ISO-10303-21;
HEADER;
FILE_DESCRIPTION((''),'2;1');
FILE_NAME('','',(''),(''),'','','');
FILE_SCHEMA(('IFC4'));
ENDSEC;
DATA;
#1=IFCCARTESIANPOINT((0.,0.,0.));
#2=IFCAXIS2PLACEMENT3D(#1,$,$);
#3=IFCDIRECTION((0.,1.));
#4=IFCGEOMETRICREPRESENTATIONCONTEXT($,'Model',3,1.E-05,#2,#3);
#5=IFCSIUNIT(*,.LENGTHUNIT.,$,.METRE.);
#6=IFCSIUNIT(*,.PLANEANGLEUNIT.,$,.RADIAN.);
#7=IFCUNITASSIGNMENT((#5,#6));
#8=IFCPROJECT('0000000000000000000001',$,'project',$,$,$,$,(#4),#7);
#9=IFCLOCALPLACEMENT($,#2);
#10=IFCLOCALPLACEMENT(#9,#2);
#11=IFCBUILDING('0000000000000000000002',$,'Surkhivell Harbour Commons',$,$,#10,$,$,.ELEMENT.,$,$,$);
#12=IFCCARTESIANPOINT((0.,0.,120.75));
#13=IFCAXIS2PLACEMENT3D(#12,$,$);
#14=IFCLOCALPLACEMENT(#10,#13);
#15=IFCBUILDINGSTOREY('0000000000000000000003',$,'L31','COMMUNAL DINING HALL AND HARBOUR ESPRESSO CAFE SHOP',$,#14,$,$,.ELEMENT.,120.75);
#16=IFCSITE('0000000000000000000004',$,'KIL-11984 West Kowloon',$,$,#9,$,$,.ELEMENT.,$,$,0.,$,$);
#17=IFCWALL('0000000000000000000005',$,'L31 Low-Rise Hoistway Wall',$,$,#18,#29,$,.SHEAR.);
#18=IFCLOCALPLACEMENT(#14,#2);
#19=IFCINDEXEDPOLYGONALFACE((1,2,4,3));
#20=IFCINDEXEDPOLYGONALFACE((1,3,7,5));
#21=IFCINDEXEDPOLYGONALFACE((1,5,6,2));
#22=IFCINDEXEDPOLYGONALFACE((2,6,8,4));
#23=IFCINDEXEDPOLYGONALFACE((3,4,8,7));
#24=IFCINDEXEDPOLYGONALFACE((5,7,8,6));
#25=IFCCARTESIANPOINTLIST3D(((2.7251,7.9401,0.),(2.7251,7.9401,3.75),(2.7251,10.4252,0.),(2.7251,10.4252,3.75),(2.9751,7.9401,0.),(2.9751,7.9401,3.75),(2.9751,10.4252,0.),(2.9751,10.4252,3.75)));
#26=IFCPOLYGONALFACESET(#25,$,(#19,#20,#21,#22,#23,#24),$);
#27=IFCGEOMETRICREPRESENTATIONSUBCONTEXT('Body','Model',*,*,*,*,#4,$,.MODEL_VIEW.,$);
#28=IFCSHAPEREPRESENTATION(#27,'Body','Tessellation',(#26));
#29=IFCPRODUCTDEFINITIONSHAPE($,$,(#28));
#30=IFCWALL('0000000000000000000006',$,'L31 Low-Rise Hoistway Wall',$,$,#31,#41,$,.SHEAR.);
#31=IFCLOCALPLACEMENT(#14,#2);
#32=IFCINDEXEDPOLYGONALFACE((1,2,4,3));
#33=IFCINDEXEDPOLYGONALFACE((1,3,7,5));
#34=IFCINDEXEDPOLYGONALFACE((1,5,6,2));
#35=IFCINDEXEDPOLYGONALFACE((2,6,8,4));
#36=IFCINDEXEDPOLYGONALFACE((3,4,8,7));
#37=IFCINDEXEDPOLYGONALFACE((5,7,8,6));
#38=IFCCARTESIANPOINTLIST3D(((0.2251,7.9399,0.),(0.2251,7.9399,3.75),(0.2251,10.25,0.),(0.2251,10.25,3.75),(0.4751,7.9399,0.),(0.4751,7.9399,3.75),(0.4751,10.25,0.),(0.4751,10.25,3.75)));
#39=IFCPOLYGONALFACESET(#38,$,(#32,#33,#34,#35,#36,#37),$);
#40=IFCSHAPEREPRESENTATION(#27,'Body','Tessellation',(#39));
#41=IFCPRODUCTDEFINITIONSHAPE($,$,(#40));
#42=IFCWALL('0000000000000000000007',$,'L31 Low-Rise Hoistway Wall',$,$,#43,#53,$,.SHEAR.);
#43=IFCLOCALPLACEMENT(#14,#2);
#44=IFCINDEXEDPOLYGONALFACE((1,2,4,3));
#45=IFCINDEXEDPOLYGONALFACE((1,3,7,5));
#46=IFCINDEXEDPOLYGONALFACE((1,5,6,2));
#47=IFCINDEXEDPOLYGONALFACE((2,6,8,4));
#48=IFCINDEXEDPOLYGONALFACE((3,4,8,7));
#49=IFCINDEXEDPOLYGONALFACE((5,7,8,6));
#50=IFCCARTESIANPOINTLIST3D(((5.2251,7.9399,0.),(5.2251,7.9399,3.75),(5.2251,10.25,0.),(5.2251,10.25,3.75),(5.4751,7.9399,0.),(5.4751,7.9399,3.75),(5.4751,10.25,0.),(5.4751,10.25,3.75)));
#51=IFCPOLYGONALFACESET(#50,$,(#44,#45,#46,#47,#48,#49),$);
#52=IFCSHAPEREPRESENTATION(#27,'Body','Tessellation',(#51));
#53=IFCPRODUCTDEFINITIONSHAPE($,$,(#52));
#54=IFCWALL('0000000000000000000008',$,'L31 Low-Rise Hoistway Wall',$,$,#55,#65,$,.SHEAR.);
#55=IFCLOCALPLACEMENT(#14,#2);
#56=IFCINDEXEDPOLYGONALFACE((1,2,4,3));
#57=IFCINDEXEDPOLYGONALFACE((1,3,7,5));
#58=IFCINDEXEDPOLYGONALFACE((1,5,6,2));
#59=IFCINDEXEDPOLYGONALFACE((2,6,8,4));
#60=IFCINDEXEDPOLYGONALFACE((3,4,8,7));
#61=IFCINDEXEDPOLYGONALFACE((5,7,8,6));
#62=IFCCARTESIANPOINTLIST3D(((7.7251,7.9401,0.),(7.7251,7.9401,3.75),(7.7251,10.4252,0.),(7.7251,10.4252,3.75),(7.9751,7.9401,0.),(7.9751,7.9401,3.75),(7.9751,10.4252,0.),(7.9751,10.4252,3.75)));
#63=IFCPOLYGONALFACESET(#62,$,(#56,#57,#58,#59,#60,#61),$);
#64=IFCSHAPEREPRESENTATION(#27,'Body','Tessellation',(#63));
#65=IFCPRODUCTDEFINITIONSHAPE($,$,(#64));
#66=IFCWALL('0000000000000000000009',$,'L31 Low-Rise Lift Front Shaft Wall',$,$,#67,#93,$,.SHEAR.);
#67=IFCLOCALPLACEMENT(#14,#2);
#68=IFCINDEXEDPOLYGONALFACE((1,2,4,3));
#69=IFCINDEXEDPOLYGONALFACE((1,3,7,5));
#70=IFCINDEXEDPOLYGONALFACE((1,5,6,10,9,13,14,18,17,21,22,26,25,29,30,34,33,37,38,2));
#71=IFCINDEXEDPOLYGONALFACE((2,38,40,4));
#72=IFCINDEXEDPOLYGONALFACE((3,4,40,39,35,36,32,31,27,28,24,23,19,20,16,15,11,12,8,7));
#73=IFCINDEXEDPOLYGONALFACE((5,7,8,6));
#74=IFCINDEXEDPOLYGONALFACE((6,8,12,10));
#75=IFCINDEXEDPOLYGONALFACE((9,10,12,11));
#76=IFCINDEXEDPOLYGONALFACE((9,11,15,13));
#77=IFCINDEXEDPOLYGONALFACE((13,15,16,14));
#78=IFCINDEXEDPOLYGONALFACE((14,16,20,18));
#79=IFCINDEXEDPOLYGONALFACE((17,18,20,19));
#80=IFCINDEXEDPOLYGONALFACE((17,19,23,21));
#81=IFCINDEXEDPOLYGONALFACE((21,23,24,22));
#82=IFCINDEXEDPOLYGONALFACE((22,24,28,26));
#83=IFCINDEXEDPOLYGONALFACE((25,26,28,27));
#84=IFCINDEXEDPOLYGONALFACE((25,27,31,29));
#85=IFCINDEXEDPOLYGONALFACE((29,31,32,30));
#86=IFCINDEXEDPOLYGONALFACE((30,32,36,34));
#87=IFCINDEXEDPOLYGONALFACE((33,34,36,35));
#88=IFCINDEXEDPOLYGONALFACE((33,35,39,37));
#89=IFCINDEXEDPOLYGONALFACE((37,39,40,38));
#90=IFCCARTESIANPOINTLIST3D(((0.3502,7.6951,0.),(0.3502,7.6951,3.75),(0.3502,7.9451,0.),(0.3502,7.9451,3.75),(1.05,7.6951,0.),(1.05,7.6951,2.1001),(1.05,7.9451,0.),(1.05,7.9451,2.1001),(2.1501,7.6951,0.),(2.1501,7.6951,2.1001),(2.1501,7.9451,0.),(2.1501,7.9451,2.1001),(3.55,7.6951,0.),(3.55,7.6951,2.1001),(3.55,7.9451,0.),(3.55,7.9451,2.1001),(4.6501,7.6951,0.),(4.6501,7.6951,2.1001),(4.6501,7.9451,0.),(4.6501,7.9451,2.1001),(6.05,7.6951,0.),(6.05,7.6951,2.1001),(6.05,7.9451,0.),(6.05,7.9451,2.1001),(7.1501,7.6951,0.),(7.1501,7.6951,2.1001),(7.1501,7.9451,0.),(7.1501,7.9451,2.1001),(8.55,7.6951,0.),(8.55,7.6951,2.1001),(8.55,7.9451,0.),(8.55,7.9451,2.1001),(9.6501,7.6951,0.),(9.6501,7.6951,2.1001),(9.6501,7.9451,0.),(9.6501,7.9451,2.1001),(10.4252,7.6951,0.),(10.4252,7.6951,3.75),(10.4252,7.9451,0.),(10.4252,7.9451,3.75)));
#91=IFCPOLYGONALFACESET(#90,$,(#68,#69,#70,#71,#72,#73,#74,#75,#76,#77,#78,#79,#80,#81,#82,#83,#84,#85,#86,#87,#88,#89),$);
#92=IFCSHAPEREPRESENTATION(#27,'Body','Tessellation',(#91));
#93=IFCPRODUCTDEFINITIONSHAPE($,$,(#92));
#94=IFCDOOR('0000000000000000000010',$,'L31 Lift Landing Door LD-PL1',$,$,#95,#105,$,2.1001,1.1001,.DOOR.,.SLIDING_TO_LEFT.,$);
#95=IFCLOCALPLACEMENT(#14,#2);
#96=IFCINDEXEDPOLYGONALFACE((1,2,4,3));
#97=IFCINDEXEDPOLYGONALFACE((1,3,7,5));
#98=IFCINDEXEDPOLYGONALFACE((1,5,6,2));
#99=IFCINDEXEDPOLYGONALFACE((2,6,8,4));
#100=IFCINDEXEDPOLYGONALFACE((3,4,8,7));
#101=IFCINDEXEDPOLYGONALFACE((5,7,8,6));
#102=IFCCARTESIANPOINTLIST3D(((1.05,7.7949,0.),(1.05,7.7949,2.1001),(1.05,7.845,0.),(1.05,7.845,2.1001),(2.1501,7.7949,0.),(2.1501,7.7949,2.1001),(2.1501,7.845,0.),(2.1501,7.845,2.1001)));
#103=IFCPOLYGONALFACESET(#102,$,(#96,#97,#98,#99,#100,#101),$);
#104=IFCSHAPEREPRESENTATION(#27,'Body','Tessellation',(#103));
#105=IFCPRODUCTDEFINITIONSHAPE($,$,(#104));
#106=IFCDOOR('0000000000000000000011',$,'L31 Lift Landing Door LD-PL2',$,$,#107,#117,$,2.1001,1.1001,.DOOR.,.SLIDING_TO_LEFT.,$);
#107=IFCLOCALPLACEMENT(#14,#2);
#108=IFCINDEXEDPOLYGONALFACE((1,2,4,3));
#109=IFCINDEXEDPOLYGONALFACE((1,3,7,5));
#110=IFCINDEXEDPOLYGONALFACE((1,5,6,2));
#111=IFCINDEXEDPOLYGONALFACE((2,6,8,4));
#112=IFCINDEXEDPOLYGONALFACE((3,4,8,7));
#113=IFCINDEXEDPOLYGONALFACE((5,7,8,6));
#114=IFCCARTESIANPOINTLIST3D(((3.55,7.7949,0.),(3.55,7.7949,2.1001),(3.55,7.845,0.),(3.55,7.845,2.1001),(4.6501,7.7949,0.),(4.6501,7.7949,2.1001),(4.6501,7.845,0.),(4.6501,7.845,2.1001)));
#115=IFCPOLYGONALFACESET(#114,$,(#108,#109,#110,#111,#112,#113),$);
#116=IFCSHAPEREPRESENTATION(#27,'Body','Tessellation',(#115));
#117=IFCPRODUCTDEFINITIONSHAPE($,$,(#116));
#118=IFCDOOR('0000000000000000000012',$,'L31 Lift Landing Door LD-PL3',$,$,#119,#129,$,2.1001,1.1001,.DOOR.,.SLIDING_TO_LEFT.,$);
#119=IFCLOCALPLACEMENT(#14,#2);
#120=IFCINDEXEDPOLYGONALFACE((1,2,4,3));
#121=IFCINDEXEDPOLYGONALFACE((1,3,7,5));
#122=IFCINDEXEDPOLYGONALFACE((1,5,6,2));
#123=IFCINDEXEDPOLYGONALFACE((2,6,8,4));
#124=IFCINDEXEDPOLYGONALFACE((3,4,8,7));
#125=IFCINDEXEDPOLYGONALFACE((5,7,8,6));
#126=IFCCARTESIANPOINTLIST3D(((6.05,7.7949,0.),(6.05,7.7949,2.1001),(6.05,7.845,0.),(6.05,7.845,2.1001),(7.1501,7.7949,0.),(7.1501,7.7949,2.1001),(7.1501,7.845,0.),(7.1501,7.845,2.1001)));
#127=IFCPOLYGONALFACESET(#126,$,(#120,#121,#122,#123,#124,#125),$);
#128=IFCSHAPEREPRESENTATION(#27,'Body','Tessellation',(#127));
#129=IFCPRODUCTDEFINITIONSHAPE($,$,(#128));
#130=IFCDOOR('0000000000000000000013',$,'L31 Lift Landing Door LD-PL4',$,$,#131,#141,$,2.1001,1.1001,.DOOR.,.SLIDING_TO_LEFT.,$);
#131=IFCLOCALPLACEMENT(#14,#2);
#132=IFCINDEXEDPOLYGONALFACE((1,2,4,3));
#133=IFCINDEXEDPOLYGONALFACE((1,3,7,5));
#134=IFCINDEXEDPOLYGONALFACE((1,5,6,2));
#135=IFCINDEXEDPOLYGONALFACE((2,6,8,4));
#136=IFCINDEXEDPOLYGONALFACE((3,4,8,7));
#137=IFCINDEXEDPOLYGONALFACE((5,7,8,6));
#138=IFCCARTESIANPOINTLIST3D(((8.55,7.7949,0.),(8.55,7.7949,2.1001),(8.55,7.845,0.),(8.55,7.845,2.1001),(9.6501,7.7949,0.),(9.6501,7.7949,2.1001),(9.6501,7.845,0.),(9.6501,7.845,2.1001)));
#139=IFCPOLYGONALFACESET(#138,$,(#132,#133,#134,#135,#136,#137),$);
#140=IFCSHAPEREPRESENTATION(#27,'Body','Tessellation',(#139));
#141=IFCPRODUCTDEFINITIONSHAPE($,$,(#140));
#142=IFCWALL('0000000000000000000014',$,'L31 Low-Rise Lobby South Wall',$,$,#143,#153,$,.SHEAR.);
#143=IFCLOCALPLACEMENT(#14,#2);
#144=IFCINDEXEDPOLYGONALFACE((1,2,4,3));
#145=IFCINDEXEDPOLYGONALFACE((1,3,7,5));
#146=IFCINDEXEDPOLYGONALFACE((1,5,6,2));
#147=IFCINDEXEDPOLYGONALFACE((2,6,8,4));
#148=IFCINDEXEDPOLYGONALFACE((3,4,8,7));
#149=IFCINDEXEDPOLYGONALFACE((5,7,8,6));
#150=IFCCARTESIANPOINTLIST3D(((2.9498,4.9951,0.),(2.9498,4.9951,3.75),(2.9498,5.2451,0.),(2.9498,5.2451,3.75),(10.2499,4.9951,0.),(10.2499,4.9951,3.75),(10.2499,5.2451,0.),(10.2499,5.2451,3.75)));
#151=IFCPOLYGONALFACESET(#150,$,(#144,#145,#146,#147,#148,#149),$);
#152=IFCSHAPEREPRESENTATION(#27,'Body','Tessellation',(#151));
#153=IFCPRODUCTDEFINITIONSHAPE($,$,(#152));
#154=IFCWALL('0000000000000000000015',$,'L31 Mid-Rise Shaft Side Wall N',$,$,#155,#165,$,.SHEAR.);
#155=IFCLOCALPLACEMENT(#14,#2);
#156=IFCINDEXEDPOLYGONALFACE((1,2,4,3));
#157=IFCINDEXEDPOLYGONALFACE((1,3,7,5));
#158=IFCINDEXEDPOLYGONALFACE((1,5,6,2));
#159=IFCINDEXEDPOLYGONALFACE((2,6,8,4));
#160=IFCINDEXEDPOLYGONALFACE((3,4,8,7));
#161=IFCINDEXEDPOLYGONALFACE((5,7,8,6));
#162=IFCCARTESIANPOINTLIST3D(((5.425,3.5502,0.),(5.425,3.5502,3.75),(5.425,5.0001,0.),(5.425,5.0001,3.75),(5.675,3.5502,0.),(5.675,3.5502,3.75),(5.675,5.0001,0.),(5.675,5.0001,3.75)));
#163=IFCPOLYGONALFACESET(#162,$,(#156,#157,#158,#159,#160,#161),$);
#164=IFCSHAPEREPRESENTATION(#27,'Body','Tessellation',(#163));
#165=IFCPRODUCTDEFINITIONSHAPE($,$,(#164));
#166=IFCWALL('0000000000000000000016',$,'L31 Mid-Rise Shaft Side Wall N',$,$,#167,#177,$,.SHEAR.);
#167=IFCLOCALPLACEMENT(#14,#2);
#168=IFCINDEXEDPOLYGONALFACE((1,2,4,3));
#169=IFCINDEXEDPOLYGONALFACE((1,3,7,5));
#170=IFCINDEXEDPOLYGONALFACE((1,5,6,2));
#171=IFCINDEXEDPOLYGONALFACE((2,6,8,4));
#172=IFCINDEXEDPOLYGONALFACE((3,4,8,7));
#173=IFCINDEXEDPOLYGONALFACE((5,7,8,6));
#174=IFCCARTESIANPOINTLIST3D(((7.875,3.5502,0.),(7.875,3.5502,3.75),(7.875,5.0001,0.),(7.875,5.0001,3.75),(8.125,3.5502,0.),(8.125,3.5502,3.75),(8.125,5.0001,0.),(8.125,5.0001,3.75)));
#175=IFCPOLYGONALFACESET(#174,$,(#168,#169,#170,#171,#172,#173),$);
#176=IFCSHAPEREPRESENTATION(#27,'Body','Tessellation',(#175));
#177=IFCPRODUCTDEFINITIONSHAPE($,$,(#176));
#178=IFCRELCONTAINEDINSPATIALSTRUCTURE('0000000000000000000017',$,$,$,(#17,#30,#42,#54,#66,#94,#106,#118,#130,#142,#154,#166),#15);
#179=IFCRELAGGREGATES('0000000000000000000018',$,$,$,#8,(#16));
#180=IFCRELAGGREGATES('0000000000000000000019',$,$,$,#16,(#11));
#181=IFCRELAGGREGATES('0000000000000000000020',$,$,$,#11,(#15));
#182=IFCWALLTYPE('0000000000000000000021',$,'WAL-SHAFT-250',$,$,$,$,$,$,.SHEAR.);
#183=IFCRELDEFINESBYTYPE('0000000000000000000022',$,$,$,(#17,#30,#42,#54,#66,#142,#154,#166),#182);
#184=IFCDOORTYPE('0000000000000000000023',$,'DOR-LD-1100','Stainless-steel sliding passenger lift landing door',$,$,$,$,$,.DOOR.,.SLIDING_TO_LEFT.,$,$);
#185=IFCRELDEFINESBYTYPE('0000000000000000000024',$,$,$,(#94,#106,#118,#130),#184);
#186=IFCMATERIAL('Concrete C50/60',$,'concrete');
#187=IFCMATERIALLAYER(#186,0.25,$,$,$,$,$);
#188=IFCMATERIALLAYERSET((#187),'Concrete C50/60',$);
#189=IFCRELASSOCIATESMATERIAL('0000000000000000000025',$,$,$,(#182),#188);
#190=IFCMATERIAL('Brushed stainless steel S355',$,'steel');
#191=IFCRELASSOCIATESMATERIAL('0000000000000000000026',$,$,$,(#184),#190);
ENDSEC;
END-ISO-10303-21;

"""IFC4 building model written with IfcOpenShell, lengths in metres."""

from ifc_helpers import new_model, si_unit, direction, frame, frame_2d, origin, place, context, subcontext, project, spatial, rectangle, extrude, material, layer, layer_set, type_object, element, fill, save


model = new_model("IFC4")

# Units and contexts
model_context = context("Model", 3, precision=1e-05, world=origin(), true_north=direction((0.0, 1.0)))
body_context = subcontext(model_context, "Body", "Model", "MODEL_VIEW")
ifc_project = project(units=[si_unit("LENGTHUNIT", "METRE"), si_unit("PLANEANGLEUNIT", "RADIAN")], contexts=[model_context])

# Site, building, storey
site_placement = place(None, origin())
site = spatial("IfcSite", under=ifc_project, at=site_placement, Name="KIL-11984 West Kowloon", CompositionType="ELEMENT", RefElevation=0.0)
building_placement = place(site_placement, origin())
building = spatial("IfcBuilding", under=site, at=building_placement, Name="Surkhivell Harbour Commons", CompositionType="ELEMENT")
storey_placement = place(building_placement, frame((0.0, 0.0, 120.75)))
storey = spatial("IfcBuildingStorey", under=building, at=storey_placement, Name="L31", Description="COMMUNAL DINING HALL AND HARBOUR ESPRESSO CAFE SHOP", CompositionType="ELEMENT", Elevation=120.75)

# Walls
ifc_material_1 = material(Name="Concrete C50/60", Category="concrete")
ifc_layer_1 = layer(ifc_material_1, 0.25)
ifc_layer_set_1 = layer_set([ifc_layer_1], Name="Concrete C50/60")
wall_type_1 = type_object("IfcWallType", Name="WAL-SHAFT-250", PredefinedType="SHEAR", material=ifc_layer_set_1)
wall_1_placement = place(storey_placement, frame((2.8501, 7.9399, 0.0), z_axis=(0.0, 0.0, 1.0), x_axis=(0.0, 1.0, 0.0)))
element("IfcWall", 1, at=wall_1_placement, inside=storey, type_object=wall_type_1, Name="L31 Low-Rise Hoistway Wall", PredefinedType="SHEAR", context=body_context, shape_type="SweptSolid", body=[
    extrude(rectangle(XDim=2.4851, YDim=0.25, at=frame_2d((1.2427, 0.0))), origin(), (0.0, 0.0, 1.0), 3.75),
])
for number, where, z_axis, x_axis, name in (
    (2, (0.3501, 7.9399, 0.0), (0.0, 0.0, 1.0), (0.0, 1.0, 0.0), "L31 Low-Rise Hoistway Wall"),
    (3, (5.3501, 7.9399, 0.0), (0.0, 0.0, 1.0), (0.0, 1.0, 0.0), "L31 Low-Rise Hoistway Wall"),
):
    element("IfcWall", number, at=place(storey_placement, frame(where, z_axis=z_axis, x_axis=x_axis)), inside=storey, type_object=wall_type_1, Name=name, PredefinedType="SHEAR", context=body_context, shape_type="SweptSolid", body=[
        extrude(rectangle(XDim=2.3101, YDim=0.25, at=frame_2d((1.155, 0.0))), origin(), (0.0, 0.0, 1.0), 3.75),
    ])
wall_2_placement = place(storey_placement, frame((7.8501, 7.9399, 0.0), z_axis=(0.0, 0.0, 1.0), x_axis=(0.0, 1.0, 0.0)))
element("IfcWall", 4, at=wall_2_placement, inside=storey, type_object=wall_type_1, Name="L31 Low-Rise Hoistway Wall", PredefinedType="SHEAR", context=body_context, shape_type="SweptSolid", body=[
    extrude(rectangle(XDim=2.4851, YDim=0.25, at=frame_2d((1.2427, 0.0))), origin(), (0.0, 0.0, 1.0), 3.75),
])

# Wall, openings, doors
wall_3_placement = place(storey_placement, frame((0.3501, 7.8201, 0.0), z_axis=(0.0, 0.0, 1.0), x_axis=(1.0, 0.0, 0.0)))
wall_3 = element("IfcWall", 5, at=wall_3_placement, inside=storey, type_object=wall_type_1, Name="L31 Low-Rise Lift Front Shaft Wall", PredefinedType="SHEAR", context=body_context, shape_type="SweptSolid", body=[
    extrude(rectangle(XDim=10.075, YDim=0.25, at=frame_2d((5.0376, 0.0))), origin(), (0.0, 0.0, 1.0), 3.75),
])
opening_1_placement = place(wall_3_placement, frame((0.7, 0.0, 0.0)))
opening_1 = element("IfcOpeningElement", 6, at=opening_1_placement, cuts=wall_3, PredefinedType="OPENING", context=body_context, shape_type="SweptSolid", body=[
    extrude(rectangle(XDim=1.1001, YDim=2.1001, at=frame_2d((0.55, 1.05))), frame((0.0, 0.135, 0.0), z_axis=(0.0, -1.0, 0.0), x_axis=(1.0, 0.0, 0.0)), (0.0, 0.0, 1.0), 0.27),
])
opening_2_placement = place(wall_3_placement, frame((3.2, 0.0, 0.0)))
opening_2 = element("IfcOpeningElement", 7, at=opening_2_placement, cuts=wall_3, PredefinedType="OPENING", context=body_context, shape_type="SweptSolid", body=[
    extrude(rectangle(XDim=1.1001, YDim=2.1001, at=frame_2d((0.55, 1.05))), frame((0.0, 0.135, 0.0), z_axis=(0.0, -1.0, 0.0), x_axis=(1.0, 0.0, 0.0)), (0.0, 0.0, 1.0), 0.27),
])
opening_3_placement = place(wall_3_placement, frame((5.7, 0.0, 0.0)))
opening_3 = element("IfcOpeningElement", 8, at=opening_3_placement, cuts=wall_3, PredefinedType="OPENING", context=body_context, shape_type="SweptSolid", body=[
    extrude(rectangle(XDim=1.1001, YDim=2.1001, at=frame_2d((0.55, 1.05))), frame((0.0, 0.135, 0.0), z_axis=(0.0, -1.0, 0.0), x_axis=(1.0, 0.0, 0.0)), (0.0, 0.0, 1.0), 0.27),
])
opening_4_placement = place(wall_3_placement, frame((8.2, 0.0, 0.0)))
opening_4 = element("IfcOpeningElement", 9, at=opening_4_placement, cuts=wall_3, PredefinedType="OPENING", context=body_context, shape_type="SweptSolid", body=[
    extrude(rectangle(XDim=1.1001, YDim=2.1001, at=frame_2d((0.55, 1.05))), frame((0.0, 0.135, 0.0), z_axis=(0.0, -1.0, 0.0), x_axis=(1.0, 0.0, 0.0)), (0.0, 0.0, 1.0), 0.27),
])
ifc_material_2 = material(Name="Brushed stainless steel S355", Category="steel")
door_type_1 = type_object("IfcDoorType", Name="DOR-LD-1100", Description="Stainless-steel sliding passenger lift landing door", OperationType="SLIDING_TO_LEFT", PredefinedType="DOOR", material=ifc_material_2)
door_1_placement = place(opening_1_placement, origin())
door_1 = element("IfcDoor", 10, at=door_1_placement, inside=storey, type_object=door_type_1, Name="L31 Lift Landing Door LD-PL1", OperationType="SLIDING_TO_LEFT", OverallHeight=2.1001, OverallWidth=1.1001, PredefinedType="DOOR", context=body_context, shape_type="SweptSolid", body=[
    extrude(rectangle(XDim=1.1001, YDim=2.1001, at=frame_2d((0.55, 1.05))), frame((0.0, 0.0249, 0.0), z_axis=(0.0, -1.0, 0.0), x_axis=(1.0, 0.0, 0.0)), (0.0, 0.0, 1.0), 0.05),
])
fill(opening_1, door_1)
door_2_placement = place(opening_2_placement, origin())
door_2 = element("IfcDoor", 11, at=door_2_placement, inside=storey, type_object=door_type_1, Name="L31 Lift Landing Door LD-PL2", OperationType="SLIDING_TO_LEFT", OverallHeight=2.1001, OverallWidth=1.1001, PredefinedType="DOOR", context=body_context, shape_type="SweptSolid", body=[
    extrude(rectangle(XDim=1.1001, YDim=2.1001, at=frame_2d((0.55, 1.05))), frame((0.0, 0.0249, 0.0), z_axis=(0.0, -1.0, 0.0), x_axis=(1.0, 0.0, 0.0)), (0.0, 0.0, 1.0), 0.05),
])
fill(opening_2, door_2)
door_3_placement = place(opening_3_placement, origin())
door_3 = element("IfcDoor", 12, at=door_3_placement, inside=storey, type_object=door_type_1, Name="L31 Lift Landing Door LD-PL3", OperationType="SLIDING_TO_LEFT", OverallHeight=2.1001, OverallWidth=1.1001, PredefinedType="DOOR", context=body_context, shape_type="SweptSolid", body=[
    extrude(rectangle(XDim=1.1001, YDim=2.1001, at=frame_2d((0.55, 1.05))), frame((0.0, 0.0249, 0.0), z_axis=(0.0, -1.0, 0.0), x_axis=(1.0, 0.0, 0.0)), (0.0, 0.0, 1.0), 0.05),
])
fill(opening_3, door_3)
door_4_placement = place(opening_4_placement, origin())
door_4 = element("IfcDoor", 13, at=door_4_placement, inside=storey, type_object=door_type_1, Name="L31 Lift Landing Door LD-PL4", OperationType="SLIDING_TO_LEFT", OverallHeight=2.1001, OverallWidth=1.1001, PredefinedType="DOOR", context=body_context, shape_type="SweptSolid", body=[
    extrude(rectangle(XDim=1.1001, YDim=2.1001, at=frame_2d((0.55, 1.05))), frame((0.0, 0.0249, 0.0), z_axis=(0.0, -1.0, 0.0), x_axis=(1.0, 0.0, 0.0)), (0.0, 0.0, 1.0), 0.05),
])
fill(opening_4, door_4)

# Walls
wall_4_placement = place(storey_placement, frame((2.95, 5.1201, 0.0), z_axis=(0.0, 0.0, 1.0), x_axis=(1.0, 0.0, 0.0)))
element("IfcWall", 14, at=wall_4_placement, inside=storey, type_object=wall_type_1, Name="L31 Low-Rise Lobby South Wall", PredefinedType="SHEAR", context=body_context, shape_type="SweptSolid", body=[
    extrude(rectangle(XDim=7.3, YDim=0.25, at=frame_2d((3.6499, 0.0))), origin(), (0.0, 0.0, 1.0), 3.75),
])
for number, where, z_axis, x_axis, name in (
    (15, (5.55, 3.55, 0.0), (0.0, 0.0, 1.0), (0.0, 1.0, 0.0), "L31 Mid-Rise Shaft Side Wall N"),
    (16, (8.0, 3.55, 0.0), (0.0, 0.0, 1.0), (0.0, 1.0, 0.0), "L31 Mid-Rise Shaft Side Wall N"),
):
    element("IfcWall", number, at=place(storey_placement, frame(where, z_axis=z_axis, x_axis=x_axis)), inside=storey, type_object=wall_type_1, Name=name, PredefinedType="SHEAR", context=body_context, shape_type="SweptSolid", body=[
        extrude(rectangle(XDim=1.45, YDim=0.25, at=frame_2d((0.7251, 0.0))), origin(), (0.0, 0.0, 1.0), 3.75),
    ])

save(model, "model.ifc")
